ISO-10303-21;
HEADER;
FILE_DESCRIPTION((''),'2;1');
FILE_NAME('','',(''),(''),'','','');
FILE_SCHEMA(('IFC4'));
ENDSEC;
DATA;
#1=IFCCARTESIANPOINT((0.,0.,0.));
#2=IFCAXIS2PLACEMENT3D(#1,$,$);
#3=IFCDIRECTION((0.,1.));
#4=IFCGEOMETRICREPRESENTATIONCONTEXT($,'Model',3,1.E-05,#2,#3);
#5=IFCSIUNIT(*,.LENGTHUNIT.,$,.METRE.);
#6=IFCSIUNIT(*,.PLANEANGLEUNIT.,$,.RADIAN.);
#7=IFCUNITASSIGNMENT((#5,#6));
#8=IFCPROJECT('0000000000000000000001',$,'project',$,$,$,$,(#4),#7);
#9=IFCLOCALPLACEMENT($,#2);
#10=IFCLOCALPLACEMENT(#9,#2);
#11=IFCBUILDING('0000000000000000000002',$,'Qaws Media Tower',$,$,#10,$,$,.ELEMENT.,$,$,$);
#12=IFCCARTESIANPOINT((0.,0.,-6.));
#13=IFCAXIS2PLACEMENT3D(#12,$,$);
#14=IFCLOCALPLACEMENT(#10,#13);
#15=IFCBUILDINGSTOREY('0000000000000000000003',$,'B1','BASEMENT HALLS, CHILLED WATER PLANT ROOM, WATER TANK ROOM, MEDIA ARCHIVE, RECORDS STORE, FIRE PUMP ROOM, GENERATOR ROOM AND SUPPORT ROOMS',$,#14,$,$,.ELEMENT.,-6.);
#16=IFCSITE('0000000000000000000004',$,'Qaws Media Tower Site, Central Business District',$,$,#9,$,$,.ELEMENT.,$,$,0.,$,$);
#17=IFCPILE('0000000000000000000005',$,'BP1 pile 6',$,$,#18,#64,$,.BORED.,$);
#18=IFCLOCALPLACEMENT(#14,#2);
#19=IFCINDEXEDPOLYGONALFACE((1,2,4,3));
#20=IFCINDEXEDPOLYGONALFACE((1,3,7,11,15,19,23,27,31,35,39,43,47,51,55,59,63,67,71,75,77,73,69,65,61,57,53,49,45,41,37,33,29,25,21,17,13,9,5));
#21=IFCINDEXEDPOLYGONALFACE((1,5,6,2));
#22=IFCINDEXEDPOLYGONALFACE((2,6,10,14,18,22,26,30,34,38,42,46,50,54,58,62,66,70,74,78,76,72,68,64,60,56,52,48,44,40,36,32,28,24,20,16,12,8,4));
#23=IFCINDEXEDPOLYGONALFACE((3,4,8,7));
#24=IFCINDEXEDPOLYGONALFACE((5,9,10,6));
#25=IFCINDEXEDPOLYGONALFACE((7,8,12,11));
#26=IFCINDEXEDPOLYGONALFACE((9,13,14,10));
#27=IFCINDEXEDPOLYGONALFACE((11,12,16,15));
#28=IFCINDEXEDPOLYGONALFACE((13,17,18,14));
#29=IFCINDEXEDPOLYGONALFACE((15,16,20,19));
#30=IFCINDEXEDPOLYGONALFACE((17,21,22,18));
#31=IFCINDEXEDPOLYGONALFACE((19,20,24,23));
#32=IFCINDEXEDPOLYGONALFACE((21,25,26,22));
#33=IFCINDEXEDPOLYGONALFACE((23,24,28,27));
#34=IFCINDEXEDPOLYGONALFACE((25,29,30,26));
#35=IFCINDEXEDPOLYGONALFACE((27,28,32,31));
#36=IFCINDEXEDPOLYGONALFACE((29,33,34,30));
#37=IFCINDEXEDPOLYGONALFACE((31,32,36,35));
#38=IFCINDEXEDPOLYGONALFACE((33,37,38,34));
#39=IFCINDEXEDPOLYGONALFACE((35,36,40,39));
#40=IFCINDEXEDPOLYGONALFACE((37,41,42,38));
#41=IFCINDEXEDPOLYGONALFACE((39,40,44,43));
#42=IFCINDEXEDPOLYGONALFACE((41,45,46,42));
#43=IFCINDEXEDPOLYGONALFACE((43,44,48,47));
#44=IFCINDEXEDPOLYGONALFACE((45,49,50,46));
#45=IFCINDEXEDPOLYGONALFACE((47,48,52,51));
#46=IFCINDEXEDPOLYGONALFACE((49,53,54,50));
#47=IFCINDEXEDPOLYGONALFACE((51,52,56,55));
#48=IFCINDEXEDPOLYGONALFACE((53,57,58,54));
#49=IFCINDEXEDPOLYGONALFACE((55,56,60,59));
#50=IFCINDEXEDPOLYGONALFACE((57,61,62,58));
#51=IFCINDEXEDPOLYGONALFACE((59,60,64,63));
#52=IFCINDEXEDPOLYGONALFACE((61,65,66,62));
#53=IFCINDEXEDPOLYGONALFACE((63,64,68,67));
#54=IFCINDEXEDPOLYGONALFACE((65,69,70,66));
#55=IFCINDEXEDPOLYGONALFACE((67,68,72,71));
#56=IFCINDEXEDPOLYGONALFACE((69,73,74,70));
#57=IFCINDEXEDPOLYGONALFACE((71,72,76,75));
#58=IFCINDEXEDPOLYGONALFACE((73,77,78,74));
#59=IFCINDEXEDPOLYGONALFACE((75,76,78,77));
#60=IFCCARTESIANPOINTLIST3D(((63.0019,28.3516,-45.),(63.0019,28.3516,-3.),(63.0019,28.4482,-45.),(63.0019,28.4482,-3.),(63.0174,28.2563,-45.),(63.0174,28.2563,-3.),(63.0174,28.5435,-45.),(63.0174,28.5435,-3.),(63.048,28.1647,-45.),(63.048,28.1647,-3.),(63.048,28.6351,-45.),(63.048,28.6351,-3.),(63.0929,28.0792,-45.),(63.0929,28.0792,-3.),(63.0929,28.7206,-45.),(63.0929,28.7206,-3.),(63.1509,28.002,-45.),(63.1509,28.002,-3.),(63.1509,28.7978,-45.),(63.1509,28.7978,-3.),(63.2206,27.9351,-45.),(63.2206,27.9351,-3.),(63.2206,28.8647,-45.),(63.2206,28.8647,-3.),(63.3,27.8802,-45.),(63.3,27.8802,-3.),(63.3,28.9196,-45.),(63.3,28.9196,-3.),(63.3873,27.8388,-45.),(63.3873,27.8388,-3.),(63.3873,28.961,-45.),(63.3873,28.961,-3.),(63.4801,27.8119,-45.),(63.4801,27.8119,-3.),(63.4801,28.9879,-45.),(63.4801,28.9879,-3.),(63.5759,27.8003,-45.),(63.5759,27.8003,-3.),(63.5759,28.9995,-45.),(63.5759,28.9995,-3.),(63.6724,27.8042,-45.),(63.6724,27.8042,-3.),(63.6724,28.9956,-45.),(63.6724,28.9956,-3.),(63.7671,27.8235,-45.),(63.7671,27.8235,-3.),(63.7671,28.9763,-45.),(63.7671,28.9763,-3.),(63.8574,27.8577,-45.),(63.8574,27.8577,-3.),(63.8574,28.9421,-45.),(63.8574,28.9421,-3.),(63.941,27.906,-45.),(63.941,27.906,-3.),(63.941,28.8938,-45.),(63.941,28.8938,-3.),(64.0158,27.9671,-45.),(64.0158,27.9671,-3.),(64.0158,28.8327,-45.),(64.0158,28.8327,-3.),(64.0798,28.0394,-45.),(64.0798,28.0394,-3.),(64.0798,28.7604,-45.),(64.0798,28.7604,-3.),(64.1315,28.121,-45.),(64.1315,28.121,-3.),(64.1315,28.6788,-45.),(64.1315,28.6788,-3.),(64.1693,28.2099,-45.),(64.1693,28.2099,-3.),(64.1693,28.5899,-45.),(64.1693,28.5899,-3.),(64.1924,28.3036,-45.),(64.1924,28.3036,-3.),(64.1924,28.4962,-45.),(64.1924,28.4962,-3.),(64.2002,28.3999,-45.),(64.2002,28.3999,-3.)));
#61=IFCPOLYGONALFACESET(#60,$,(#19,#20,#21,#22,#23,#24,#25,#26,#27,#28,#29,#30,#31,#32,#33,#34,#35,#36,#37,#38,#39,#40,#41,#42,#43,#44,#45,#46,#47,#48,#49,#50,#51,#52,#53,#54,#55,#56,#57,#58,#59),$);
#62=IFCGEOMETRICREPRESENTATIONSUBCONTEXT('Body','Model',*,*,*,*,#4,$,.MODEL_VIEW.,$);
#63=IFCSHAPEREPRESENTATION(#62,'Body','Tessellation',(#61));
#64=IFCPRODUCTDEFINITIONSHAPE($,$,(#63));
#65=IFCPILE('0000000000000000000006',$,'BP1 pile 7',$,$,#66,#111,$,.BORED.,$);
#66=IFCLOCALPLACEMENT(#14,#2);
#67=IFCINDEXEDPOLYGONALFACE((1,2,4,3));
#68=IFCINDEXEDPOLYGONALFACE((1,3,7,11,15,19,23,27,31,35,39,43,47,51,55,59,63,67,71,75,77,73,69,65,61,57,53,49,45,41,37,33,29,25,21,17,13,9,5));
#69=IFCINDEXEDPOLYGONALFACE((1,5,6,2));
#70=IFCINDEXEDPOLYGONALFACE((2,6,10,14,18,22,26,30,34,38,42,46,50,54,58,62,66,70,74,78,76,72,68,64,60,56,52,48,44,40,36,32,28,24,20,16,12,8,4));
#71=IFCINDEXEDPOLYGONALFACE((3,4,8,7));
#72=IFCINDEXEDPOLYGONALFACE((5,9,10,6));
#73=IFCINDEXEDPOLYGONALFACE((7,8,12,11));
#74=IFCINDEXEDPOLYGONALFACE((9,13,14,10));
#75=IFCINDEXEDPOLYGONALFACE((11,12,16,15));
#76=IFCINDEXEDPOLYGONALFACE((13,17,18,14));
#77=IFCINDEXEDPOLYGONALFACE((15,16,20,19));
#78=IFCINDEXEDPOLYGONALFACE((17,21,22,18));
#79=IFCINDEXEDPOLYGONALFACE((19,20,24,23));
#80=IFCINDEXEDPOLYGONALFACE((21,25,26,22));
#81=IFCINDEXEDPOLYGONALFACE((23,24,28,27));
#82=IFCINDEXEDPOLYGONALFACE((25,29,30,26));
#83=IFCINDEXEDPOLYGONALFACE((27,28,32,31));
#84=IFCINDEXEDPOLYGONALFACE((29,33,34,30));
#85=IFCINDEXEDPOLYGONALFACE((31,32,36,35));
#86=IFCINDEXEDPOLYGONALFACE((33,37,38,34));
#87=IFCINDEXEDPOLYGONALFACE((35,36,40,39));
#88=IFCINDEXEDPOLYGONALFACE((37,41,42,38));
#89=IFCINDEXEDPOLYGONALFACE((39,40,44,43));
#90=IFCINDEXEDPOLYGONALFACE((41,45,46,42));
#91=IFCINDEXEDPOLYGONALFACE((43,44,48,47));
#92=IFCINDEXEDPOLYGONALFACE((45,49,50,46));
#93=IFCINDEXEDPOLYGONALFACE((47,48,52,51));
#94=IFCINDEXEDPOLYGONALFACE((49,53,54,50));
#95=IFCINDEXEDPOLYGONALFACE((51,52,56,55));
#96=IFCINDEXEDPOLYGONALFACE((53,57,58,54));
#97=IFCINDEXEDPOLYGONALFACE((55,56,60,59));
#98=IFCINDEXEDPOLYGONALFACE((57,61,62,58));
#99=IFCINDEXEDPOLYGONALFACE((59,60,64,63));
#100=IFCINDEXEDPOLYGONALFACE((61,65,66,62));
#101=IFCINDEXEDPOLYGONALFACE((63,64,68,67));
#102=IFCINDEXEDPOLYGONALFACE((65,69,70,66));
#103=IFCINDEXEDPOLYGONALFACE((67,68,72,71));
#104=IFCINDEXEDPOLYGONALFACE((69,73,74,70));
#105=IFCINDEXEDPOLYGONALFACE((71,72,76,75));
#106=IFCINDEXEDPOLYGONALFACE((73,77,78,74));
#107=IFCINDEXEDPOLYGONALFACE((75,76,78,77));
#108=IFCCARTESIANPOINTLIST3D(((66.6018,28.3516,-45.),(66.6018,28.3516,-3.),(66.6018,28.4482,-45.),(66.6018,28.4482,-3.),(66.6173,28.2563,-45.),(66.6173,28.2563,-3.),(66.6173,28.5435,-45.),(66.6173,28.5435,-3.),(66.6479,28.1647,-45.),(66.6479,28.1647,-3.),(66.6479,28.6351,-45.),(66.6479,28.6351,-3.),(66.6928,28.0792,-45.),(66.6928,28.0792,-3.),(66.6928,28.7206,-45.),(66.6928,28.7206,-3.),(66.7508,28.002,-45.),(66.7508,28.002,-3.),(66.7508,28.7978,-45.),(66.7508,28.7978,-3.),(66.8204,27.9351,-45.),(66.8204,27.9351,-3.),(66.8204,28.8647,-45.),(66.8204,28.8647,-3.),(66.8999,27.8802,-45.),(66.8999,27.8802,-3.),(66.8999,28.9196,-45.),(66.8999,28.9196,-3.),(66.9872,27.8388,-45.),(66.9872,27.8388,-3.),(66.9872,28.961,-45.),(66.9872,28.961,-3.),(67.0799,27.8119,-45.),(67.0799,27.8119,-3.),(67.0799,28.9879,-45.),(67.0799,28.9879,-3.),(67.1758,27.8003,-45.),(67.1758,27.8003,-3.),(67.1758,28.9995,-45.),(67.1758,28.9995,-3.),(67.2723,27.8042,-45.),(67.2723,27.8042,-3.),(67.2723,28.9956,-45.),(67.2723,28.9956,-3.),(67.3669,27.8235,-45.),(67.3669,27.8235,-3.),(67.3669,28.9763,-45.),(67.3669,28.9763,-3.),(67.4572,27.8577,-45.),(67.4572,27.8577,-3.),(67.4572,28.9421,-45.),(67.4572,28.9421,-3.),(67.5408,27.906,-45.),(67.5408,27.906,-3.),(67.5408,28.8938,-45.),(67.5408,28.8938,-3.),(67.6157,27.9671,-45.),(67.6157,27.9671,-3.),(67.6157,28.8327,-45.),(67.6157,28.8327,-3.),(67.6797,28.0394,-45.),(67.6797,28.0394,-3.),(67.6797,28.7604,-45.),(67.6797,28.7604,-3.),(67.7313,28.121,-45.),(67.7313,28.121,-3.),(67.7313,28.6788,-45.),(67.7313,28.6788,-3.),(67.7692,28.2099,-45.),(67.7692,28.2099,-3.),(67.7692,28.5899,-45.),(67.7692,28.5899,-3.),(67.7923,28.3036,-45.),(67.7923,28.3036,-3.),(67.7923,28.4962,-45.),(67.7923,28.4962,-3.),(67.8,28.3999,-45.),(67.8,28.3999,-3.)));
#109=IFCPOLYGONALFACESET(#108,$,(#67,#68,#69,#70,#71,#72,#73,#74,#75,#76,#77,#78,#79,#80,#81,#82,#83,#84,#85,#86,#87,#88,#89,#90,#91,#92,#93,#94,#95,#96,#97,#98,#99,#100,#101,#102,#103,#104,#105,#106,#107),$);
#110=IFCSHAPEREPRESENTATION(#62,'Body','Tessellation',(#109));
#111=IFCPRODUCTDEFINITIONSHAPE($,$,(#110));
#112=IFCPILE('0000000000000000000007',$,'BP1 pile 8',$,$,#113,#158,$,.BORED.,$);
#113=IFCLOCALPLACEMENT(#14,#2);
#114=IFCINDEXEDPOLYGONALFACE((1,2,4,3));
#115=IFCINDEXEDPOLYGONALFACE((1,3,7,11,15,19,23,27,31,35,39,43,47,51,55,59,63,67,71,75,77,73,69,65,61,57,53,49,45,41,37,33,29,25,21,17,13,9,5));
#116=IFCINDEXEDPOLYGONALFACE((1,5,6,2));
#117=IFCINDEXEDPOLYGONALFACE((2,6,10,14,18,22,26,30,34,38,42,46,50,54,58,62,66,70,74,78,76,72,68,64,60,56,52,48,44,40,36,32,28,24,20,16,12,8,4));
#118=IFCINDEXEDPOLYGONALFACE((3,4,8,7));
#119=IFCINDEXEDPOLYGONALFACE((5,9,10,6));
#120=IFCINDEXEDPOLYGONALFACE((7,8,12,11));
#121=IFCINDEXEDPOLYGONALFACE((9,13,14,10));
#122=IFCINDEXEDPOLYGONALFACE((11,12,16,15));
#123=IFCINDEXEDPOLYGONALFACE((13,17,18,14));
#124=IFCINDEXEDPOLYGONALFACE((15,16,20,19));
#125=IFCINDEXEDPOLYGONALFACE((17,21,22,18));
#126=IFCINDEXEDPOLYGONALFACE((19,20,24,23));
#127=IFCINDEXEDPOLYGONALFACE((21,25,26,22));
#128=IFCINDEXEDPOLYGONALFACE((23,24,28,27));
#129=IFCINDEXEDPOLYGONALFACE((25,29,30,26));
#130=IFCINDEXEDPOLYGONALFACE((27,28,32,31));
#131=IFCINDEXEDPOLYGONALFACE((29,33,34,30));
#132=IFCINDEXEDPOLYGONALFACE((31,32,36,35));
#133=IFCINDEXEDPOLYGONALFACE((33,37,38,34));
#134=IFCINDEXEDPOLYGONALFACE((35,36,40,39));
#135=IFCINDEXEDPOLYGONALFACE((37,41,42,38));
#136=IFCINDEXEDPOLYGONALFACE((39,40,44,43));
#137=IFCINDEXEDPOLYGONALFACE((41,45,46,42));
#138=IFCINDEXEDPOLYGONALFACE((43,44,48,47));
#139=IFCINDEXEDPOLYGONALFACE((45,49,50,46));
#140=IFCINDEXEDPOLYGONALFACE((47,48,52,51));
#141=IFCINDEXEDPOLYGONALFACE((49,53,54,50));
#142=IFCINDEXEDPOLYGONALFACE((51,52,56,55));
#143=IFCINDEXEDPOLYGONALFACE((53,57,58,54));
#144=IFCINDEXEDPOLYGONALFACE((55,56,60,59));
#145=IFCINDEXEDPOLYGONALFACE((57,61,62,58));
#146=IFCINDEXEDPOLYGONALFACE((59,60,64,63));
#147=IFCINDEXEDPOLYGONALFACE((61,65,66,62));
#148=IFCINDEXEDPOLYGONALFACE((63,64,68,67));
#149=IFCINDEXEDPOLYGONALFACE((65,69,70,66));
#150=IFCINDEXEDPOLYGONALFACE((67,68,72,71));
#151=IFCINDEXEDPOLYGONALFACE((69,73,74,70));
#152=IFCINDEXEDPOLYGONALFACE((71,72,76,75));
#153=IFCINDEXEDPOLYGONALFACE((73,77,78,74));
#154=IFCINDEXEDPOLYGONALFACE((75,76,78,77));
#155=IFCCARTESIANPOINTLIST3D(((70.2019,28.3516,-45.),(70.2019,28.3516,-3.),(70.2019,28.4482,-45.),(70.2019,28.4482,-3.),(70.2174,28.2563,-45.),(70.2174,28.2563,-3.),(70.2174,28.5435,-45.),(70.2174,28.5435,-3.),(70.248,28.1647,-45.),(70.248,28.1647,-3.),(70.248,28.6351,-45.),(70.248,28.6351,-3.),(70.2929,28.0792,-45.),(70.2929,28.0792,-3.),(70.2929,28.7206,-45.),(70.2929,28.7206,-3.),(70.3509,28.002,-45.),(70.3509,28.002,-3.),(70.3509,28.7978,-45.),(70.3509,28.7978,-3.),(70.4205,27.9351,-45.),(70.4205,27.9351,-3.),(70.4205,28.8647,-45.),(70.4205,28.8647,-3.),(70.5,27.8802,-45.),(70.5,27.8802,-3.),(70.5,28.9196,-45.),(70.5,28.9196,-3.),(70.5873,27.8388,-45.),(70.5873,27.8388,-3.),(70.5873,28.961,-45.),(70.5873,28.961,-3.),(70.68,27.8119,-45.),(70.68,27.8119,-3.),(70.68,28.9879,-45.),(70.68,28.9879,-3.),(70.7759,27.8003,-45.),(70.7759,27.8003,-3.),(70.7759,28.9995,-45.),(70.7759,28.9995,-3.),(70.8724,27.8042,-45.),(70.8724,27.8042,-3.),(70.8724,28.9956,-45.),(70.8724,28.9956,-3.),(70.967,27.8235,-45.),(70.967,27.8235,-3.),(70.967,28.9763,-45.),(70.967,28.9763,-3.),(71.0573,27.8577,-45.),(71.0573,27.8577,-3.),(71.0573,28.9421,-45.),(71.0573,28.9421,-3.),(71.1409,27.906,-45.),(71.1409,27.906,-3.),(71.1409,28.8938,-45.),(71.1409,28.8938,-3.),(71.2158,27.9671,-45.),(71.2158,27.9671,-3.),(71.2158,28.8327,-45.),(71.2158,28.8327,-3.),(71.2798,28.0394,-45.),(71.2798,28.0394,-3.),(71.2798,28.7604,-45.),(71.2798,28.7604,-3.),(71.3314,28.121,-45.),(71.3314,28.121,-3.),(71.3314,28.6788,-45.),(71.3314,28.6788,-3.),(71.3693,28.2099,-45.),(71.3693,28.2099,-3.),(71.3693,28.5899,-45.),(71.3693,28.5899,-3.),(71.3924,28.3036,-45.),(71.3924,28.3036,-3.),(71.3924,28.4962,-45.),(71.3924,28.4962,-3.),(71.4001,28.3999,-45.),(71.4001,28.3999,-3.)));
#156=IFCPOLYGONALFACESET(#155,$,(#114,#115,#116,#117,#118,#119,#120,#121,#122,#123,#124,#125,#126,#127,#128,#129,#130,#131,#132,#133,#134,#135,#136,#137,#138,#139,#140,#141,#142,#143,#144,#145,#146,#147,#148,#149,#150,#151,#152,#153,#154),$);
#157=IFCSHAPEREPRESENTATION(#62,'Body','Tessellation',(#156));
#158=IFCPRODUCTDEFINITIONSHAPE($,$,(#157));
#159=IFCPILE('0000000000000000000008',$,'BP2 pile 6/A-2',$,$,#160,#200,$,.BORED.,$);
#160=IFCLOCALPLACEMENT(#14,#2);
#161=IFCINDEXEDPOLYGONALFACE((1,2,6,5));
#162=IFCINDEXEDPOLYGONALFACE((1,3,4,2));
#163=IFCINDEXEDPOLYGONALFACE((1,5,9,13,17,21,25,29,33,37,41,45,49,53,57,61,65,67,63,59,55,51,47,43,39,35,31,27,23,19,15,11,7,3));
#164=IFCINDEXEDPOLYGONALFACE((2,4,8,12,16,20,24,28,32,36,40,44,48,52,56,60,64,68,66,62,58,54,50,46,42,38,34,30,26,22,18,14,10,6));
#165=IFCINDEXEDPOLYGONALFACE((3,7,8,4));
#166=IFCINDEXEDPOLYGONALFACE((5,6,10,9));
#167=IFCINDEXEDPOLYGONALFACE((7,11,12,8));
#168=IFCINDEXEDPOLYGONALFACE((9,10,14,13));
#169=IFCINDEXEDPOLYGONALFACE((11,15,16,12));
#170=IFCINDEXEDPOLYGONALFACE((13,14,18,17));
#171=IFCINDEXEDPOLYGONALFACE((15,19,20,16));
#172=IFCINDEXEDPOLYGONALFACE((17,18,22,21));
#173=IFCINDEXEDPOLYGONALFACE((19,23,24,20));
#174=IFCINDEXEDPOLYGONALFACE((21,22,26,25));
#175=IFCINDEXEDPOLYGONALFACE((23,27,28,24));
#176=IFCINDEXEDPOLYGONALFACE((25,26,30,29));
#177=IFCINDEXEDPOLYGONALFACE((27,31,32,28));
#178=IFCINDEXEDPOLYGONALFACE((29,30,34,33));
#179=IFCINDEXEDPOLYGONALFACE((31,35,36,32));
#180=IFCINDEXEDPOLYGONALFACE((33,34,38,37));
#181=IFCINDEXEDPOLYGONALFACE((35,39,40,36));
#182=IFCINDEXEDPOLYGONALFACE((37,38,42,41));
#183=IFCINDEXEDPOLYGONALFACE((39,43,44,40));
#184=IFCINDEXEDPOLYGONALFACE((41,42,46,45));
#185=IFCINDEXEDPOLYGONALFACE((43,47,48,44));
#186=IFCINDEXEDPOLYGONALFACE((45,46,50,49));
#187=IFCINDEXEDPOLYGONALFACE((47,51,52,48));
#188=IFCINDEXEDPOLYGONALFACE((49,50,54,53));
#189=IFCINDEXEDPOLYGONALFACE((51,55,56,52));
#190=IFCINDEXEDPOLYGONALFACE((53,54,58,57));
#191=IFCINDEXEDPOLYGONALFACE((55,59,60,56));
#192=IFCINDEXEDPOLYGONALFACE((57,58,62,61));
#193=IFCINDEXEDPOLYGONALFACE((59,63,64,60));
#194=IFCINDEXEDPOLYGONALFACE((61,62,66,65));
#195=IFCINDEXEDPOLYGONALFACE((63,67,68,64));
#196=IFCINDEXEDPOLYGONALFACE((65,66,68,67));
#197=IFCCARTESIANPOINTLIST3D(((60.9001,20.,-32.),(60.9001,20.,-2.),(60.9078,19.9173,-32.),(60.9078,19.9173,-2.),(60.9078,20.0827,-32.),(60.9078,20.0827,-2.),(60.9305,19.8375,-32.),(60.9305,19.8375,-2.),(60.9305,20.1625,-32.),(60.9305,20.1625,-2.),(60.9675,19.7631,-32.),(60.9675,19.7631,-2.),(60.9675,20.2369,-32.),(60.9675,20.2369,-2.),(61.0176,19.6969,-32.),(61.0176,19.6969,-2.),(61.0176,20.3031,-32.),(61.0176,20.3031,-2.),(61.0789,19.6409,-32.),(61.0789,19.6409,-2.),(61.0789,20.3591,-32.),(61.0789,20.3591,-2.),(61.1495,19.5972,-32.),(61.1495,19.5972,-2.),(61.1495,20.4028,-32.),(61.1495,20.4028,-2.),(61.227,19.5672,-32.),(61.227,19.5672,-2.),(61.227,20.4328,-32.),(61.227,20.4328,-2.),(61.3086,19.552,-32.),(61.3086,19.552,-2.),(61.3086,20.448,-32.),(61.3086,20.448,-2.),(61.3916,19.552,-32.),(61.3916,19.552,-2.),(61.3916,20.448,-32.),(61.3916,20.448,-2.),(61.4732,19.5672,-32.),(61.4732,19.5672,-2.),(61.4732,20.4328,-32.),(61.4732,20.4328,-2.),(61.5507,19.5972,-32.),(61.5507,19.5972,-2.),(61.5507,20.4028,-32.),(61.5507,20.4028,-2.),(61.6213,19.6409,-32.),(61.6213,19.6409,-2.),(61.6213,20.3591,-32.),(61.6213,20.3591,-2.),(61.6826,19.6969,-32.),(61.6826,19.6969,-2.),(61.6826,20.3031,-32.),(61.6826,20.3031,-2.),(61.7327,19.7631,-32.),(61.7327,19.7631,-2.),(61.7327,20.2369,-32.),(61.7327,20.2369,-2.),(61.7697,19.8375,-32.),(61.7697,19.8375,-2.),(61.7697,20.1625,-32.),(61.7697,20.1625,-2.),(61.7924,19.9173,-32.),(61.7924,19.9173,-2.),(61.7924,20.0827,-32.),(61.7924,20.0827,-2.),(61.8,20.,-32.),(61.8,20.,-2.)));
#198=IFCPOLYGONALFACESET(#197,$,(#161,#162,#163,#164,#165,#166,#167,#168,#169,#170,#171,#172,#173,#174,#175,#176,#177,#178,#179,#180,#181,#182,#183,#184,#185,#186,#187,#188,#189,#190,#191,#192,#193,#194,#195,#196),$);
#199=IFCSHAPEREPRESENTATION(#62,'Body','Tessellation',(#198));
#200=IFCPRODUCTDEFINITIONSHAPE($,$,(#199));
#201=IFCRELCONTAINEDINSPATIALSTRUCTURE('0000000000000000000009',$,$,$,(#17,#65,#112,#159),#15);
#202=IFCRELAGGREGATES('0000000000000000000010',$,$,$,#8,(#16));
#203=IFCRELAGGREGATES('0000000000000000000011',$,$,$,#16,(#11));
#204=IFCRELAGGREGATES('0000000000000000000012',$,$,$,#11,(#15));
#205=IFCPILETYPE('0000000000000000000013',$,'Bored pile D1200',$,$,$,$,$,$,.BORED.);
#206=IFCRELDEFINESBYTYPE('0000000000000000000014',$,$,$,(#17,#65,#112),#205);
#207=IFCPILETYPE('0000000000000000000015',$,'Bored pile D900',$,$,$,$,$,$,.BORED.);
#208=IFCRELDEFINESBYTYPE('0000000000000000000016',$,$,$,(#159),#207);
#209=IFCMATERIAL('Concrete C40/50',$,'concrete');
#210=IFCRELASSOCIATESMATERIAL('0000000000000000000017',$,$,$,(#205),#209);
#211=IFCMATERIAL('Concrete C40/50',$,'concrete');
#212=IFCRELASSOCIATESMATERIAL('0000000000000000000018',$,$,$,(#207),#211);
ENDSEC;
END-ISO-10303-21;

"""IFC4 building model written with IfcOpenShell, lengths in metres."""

from ifc_helpers import new_model, si_unit, direction, frame, origin, origin_2d, place, context, subcontext, project, spatial, circle, extrude, material, material_profile, profile_set, type_object, element, save


model = new_model("IFC4")

# Units and contexts
model_context = context("Model", 3, precision=1e-05, world=origin(), true_north=direction((0.0, 1.0)))
body_context = subcontext(model_context, "Body", "Model", "MODEL_VIEW")
ifc_project = project(units=[si_unit("LENGTHUNIT", "METRE"), si_unit("PLANEANGLEUNIT", "RADIAN")], contexts=[model_context])

# Site, building, storey
site_placement = place(None, origin())
site = spatial("IfcSite", under=ifc_project, at=site_placement, Name="Qaws Media Tower Site, Central Business District", CompositionType="ELEMENT", RefElevation=0.0)
building_placement = place(site_placement, origin())
building = spatial("IfcBuilding", under=site, at=building_placement, Name="Qaws Media Tower", CompositionType="ELEMENT")
storey_placement = place(building_placement, frame((0.0, 0.0, -6.0)))
storey = spatial("IfcBuildingStorey", under=building, at=storey_placement, Name="B1", Description="BASEMENT HALLS, CHILLED WATER PLANT ROOM, WATER TANK ROOM, MEDIA ARCHIVE, RECORDS STORE, FIRE PUMP ROOM, GENERATOR ROOM AND SUPPORT ROOMS", CompositionType="ELEMENT", Elevation=-6.0)

# Piles
ifc_material_1 = material(Name="Concrete C40/50", Category="concrete")
ifc_material_profile_1 = material_profile(ifc_material_1, circle(Radius=0.6001, at=origin_2d()), Name="D1200")
ifc_profile_set_1 = profile_set([ifc_material_profile_1], Name="Concrete C40/50")
pile_type_1 = type_object("IfcPileType", Name="Bored pile D1200", PredefinedType="BORED", material=ifc_profile_set_1)
for number, where, z_axis, x_axis, name in (
    (1, (63.6001, 28.3999, -3.0), (0.0, 0.0, -1.0), (1.0, 0.0, 0.0), "BP1 pile 6"),
    (2, (67.2, 28.3999, -3.0), (0.0, 0.0, -1.0), (1.0, 0.0, 0.0), "BP1 pile 7"),
    (3, (70.8, 28.3999, -3.0), (0.0, 0.0, -1.0), (1.0, 0.0, 0.0), "BP1 pile 8"),
):
    element("IfcPile", number, at=place(storey_placement, frame(where, z_axis=z_axis, x_axis=x_axis)), inside=storey, type_object=pile_type_1, Name=name, PredefinedType="BORED", context=body_context, shape_type="SweptSolid", body=[
        extrude(circle(Radius=0.6001, at=origin_2d()), origin(), (0.0, 0.0, 1.0), 42.0),
    ])
ifc_material_2 = material(Name="Concrete C40/50", Category="concrete")
ifc_material_profile_2 = material_profile(ifc_material_2, circle(Radius=0.45, at=origin_2d()), Name="D900")
ifc_profile_set_2 = profile_set([ifc_material_profile_2], Name="Concrete C40/50")
pile_type_2 = type_object("IfcPileType", Name="Bored pile D900", PredefinedType="BORED", material=ifc_profile_set_2)
for number, where, z_axis, x_axis, name in (
    (4, (61.3501, 20.0, -2.0), (0.0, 0.0, -1.0), (1.0, 0.0, 0.0), "BP2 pile 6/A-2"),
):
    element("IfcPile", number, at=place(storey_placement, frame(where, z_axis=z_axis, x_axis=x_axis)), inside=storey, type_object=pile_type_2, Name=name, PredefinedType="BORED", context=body_context, shape_type="SweptSolid", body=[
        extrude(circle(Radius=0.45, at=origin_2d()), origin(), (0.0, 0.0, 1.0), 30.0),
    ])

save(model, "model.ifc")
